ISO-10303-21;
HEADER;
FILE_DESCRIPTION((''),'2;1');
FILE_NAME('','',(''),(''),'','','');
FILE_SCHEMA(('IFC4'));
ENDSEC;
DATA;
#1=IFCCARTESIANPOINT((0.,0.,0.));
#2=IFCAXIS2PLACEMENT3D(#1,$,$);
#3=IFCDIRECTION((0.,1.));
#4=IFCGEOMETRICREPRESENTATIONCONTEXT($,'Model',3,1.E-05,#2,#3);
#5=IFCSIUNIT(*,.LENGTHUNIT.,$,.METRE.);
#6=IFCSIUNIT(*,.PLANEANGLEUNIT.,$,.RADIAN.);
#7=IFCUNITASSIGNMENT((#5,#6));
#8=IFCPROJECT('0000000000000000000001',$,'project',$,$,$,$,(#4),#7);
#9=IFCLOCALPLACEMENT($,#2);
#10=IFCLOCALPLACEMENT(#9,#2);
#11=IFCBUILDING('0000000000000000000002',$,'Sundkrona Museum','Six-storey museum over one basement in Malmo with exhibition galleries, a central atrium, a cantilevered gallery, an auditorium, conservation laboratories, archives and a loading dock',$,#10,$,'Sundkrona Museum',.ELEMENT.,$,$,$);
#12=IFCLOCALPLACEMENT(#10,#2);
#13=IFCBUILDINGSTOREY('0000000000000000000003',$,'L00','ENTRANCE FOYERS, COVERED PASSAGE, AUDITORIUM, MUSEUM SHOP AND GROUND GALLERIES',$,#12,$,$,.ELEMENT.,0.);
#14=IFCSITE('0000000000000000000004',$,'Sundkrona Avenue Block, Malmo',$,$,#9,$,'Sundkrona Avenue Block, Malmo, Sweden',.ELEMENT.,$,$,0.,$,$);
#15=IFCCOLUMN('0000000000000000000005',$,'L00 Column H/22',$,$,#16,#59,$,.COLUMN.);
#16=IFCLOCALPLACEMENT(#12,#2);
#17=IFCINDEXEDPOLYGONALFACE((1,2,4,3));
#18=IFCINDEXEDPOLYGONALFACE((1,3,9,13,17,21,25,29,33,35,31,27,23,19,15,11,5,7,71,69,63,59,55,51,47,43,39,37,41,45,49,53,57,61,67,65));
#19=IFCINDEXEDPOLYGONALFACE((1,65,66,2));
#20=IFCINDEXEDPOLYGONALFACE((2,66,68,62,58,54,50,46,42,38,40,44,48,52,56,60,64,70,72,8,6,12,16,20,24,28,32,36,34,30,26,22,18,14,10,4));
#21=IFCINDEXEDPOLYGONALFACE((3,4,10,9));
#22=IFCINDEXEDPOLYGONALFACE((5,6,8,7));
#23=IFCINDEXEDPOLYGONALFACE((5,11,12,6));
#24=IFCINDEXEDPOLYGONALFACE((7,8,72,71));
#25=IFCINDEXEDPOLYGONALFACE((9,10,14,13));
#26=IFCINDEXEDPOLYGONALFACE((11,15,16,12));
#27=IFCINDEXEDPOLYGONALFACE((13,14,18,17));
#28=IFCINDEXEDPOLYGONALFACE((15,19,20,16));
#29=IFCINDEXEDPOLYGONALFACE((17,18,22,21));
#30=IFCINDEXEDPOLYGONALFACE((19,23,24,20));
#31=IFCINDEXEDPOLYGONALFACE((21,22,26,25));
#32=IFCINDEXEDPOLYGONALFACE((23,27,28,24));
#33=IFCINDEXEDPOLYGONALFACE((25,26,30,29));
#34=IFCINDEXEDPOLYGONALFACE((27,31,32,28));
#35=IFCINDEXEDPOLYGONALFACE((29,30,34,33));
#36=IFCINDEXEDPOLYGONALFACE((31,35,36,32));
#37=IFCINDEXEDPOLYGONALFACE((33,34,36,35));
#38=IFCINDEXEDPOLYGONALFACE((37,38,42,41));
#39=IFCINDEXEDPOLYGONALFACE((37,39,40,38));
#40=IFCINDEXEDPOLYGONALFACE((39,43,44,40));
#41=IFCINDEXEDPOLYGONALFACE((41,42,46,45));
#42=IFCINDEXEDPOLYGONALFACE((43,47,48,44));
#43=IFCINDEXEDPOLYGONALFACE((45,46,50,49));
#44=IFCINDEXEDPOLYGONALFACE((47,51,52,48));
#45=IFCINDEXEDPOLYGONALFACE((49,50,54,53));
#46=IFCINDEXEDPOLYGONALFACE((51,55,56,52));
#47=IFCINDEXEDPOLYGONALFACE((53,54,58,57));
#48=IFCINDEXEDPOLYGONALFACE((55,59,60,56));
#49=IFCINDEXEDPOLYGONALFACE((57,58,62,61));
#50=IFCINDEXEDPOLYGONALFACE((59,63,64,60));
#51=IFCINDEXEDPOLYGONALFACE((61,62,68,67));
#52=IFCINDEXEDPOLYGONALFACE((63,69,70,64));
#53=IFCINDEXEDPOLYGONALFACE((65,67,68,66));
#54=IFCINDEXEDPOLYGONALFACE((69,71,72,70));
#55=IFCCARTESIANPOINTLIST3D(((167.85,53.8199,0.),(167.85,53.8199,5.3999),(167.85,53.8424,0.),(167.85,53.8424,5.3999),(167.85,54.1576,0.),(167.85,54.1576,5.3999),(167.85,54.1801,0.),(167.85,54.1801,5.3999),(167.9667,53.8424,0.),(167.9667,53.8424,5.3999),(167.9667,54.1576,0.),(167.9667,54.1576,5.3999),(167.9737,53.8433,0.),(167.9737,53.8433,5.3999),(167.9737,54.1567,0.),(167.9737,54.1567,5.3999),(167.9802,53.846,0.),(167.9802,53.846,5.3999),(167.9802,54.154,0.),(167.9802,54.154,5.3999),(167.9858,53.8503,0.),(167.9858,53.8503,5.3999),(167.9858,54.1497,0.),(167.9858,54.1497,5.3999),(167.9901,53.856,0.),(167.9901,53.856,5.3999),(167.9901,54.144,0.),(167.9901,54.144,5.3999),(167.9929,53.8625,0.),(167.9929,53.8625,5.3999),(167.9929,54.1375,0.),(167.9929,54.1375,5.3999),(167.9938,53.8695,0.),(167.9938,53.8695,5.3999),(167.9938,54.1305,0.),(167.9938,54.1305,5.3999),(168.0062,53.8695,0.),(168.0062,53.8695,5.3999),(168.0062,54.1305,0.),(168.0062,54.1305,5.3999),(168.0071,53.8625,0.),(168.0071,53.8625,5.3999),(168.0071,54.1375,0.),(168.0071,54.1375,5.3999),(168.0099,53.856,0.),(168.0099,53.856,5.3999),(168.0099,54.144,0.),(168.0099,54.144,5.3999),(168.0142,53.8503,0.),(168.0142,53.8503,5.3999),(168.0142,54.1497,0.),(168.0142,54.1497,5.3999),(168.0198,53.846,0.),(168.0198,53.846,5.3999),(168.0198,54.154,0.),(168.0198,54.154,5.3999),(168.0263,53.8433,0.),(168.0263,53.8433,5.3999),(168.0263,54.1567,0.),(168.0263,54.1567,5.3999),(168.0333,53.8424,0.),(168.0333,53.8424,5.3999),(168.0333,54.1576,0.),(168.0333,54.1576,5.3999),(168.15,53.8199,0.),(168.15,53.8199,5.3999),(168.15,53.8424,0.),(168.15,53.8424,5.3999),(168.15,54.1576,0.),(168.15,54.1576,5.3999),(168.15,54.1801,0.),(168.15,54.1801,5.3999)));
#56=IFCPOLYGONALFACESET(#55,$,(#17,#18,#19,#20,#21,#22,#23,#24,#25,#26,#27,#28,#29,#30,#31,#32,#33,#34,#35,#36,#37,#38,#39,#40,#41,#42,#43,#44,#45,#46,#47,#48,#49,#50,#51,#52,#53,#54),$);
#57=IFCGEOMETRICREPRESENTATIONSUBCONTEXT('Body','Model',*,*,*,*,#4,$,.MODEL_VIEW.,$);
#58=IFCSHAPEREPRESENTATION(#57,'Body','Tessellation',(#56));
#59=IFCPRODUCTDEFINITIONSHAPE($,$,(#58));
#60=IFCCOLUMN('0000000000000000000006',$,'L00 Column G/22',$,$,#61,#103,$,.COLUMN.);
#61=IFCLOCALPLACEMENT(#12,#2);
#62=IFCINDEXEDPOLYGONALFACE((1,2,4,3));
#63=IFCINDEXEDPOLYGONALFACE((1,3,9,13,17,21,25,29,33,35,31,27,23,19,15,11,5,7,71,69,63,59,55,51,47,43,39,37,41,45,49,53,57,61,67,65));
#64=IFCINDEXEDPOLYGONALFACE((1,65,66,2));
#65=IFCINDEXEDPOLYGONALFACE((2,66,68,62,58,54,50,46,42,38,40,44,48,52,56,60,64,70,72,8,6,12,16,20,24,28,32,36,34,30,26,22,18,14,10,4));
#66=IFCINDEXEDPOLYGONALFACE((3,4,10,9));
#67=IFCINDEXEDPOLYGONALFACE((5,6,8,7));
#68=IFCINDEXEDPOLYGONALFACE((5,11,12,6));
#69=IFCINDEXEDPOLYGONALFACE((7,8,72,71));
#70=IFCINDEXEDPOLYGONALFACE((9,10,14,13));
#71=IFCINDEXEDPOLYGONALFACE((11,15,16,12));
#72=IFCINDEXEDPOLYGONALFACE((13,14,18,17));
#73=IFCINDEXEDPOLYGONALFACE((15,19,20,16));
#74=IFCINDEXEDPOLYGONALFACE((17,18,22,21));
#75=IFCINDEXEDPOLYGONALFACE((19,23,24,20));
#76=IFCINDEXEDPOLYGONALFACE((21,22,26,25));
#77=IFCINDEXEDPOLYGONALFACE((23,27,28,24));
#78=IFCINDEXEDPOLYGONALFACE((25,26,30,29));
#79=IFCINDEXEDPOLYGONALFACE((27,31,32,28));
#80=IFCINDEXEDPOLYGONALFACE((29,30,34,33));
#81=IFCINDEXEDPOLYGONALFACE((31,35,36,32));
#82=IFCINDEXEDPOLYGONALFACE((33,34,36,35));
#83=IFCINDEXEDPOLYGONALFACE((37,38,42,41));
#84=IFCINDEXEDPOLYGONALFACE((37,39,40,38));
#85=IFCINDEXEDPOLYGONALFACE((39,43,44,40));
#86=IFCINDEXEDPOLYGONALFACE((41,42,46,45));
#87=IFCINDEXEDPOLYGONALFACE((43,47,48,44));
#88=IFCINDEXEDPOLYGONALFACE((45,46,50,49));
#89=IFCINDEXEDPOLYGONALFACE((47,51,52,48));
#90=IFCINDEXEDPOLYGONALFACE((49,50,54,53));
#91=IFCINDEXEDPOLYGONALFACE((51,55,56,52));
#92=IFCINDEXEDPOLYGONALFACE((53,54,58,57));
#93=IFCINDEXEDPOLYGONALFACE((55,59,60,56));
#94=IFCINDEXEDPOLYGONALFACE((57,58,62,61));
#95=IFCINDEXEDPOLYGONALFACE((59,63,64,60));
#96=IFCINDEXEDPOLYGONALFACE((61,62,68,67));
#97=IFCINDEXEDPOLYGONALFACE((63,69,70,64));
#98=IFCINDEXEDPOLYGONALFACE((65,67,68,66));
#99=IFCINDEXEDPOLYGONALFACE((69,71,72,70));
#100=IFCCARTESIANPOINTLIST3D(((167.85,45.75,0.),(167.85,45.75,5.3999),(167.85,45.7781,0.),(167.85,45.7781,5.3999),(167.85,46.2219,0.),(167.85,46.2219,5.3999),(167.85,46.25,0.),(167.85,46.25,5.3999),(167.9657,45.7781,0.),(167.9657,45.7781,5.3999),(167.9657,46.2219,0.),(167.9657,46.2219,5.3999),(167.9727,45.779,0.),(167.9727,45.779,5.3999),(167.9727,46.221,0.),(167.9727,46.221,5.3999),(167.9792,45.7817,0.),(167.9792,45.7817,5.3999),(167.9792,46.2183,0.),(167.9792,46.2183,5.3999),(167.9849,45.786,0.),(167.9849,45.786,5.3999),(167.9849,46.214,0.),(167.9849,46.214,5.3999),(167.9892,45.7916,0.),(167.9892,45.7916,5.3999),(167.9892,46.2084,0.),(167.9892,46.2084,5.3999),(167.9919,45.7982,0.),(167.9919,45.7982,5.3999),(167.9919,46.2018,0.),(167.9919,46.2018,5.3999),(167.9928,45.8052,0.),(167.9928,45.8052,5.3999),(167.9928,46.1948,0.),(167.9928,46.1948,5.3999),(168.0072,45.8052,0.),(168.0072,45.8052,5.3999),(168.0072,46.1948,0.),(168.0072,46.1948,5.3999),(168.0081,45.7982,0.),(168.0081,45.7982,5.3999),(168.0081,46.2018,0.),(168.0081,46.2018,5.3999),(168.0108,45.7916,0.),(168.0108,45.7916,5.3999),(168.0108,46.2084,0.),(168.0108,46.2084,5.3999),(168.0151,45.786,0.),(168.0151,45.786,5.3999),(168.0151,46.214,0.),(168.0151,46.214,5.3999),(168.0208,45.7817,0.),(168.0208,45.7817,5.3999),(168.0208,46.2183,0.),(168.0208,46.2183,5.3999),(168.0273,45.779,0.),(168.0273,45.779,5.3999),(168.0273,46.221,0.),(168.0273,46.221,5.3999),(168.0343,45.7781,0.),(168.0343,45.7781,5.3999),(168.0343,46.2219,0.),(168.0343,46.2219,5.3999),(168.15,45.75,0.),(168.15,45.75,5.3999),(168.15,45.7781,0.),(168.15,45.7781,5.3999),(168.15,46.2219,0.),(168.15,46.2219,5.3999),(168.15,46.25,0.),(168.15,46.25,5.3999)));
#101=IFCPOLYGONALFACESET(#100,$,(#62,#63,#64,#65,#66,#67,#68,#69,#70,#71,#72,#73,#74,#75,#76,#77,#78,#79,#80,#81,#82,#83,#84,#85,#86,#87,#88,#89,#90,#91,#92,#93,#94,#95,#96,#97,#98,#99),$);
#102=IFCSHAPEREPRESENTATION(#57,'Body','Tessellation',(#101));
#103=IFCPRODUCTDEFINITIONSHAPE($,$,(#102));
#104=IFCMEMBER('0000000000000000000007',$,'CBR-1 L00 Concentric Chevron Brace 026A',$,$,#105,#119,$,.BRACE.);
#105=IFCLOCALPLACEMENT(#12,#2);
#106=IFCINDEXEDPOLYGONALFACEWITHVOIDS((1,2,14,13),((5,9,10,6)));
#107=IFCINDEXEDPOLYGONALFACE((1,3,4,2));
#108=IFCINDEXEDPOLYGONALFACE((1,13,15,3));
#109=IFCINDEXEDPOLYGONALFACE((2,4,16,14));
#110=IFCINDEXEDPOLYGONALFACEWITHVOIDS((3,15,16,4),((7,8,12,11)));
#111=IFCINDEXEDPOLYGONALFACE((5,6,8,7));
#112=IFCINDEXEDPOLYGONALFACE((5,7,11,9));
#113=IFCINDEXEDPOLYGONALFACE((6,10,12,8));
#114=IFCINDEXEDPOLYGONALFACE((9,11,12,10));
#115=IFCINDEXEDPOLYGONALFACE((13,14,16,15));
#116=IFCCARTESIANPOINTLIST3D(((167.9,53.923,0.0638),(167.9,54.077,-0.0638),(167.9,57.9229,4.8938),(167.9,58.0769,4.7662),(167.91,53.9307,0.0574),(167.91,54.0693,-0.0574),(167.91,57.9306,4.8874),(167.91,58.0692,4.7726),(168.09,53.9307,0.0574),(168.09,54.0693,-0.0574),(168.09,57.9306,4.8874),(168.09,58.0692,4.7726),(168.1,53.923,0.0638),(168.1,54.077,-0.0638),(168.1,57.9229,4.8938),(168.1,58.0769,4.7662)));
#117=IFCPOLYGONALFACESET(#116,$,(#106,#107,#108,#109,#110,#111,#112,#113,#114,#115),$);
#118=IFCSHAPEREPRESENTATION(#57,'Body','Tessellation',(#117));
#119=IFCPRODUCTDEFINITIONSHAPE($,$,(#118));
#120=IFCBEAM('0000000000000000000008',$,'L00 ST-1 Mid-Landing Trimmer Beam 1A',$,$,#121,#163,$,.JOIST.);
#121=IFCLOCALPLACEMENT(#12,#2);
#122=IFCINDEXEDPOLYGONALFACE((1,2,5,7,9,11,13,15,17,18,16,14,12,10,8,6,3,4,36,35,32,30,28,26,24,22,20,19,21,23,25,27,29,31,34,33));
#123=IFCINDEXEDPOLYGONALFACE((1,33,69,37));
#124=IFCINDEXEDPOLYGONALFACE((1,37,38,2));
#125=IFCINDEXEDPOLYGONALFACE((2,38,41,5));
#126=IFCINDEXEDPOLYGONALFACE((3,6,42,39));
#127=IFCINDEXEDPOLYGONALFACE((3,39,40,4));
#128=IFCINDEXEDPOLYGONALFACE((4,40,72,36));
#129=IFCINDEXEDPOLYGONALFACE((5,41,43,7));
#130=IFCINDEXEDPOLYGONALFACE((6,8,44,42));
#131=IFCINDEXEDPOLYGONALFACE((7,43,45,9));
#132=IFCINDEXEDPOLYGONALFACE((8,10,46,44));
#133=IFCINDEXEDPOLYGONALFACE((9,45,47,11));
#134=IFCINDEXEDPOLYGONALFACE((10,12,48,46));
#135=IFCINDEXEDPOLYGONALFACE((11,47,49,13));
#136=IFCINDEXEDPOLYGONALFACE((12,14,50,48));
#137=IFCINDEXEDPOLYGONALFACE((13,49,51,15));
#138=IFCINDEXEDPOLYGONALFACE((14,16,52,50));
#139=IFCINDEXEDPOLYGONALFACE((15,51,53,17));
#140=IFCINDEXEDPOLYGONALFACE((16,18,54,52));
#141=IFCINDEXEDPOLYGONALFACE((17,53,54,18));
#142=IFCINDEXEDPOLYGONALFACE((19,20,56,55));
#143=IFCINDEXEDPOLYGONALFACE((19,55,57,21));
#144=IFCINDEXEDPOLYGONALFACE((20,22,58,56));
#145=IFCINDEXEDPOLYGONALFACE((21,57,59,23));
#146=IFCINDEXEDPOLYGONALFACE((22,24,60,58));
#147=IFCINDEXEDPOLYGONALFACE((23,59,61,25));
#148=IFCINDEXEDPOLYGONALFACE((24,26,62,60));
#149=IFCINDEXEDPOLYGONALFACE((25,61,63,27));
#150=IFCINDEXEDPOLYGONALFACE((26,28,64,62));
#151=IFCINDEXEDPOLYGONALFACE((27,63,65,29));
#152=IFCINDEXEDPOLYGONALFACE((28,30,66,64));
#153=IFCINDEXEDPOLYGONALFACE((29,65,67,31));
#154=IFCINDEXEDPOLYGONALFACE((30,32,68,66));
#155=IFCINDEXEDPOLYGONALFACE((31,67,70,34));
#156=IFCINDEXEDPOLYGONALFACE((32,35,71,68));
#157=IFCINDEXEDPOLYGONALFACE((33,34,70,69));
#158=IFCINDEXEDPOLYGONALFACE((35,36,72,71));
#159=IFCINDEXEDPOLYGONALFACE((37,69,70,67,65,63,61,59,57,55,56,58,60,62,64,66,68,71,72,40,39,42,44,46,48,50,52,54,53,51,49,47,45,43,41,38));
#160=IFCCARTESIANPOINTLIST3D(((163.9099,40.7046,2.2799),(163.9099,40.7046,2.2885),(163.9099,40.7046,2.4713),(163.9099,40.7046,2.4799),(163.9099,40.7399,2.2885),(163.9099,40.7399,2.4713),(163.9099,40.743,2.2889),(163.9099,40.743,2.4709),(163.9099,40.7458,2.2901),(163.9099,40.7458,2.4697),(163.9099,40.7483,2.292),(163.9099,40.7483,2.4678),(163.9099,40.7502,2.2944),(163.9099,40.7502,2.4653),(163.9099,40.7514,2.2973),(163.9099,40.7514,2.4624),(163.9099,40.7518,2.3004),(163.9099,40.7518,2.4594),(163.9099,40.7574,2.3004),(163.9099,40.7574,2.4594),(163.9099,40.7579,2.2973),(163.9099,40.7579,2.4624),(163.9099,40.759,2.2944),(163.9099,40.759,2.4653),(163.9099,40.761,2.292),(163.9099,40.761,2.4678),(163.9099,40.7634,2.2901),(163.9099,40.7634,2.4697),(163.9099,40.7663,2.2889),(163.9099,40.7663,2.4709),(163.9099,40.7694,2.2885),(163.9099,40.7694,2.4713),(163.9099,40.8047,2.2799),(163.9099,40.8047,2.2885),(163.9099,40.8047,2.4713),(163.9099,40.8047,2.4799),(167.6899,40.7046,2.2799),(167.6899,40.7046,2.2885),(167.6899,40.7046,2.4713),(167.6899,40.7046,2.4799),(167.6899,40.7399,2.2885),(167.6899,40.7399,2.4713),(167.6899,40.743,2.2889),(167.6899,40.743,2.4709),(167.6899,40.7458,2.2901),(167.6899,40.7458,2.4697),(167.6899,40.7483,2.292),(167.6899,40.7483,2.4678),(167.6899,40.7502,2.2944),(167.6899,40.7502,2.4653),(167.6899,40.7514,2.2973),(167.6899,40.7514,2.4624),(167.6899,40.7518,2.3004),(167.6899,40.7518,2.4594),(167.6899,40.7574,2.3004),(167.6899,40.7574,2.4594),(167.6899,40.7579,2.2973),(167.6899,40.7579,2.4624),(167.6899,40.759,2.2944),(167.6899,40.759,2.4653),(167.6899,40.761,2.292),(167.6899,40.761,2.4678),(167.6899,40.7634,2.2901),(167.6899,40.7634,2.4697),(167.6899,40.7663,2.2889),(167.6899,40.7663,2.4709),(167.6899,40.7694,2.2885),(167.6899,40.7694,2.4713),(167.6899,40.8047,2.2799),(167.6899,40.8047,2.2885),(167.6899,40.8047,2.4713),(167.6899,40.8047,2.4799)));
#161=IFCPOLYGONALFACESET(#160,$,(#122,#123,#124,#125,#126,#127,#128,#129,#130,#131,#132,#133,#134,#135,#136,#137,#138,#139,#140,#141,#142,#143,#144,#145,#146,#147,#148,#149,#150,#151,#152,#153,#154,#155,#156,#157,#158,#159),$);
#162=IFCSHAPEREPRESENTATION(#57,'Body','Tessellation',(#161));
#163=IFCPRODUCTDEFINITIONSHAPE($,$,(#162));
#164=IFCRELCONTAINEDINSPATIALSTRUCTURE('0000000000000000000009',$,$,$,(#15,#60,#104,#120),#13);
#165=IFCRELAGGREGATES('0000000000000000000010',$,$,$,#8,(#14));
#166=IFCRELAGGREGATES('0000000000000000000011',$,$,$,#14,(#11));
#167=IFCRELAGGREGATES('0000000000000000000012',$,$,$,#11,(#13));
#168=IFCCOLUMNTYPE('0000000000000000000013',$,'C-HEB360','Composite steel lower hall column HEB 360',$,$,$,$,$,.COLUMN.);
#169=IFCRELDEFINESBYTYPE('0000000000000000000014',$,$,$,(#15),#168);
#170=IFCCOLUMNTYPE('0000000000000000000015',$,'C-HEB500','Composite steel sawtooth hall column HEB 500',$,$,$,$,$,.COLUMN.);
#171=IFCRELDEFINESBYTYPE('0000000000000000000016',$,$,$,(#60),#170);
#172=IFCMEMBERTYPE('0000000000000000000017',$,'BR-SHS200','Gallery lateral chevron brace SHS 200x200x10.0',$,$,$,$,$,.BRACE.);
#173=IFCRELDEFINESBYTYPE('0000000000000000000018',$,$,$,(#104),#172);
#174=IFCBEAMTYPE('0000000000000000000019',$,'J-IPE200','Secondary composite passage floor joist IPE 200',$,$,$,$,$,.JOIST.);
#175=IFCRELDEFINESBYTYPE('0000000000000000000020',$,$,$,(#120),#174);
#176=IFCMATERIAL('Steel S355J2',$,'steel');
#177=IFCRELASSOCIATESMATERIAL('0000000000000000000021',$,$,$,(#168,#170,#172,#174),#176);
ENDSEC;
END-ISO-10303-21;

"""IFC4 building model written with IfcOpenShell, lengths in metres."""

from ifc_helpers import new_model, si_unit, direction, frame, origin, origin_2d, place, context, subcontext, project, spatial, hollow_rectangle, i_section, extrude, material, material_profile, profile_set, type_object, element, save


model = new_model("IFC4")

# Units and contexts
model_context = context("Model", 3, precision=1e-05, world=origin(), true_north=direction((0.0, 1.0)))
body_context = subcontext(model_context, "Body", "Model", "MODEL_VIEW")
ifc_project = project(units=[si_unit("LENGTHUNIT", "METRE"), si_unit("PLANEANGLEUNIT", "RADIAN")], contexts=[model_context])

# Site, building, storey
site_placement = place(None, origin())
site = spatial("IfcSite", under=ifc_project, at=site_placement, Name="Sundkrona Avenue Block, Malmo", LongName="Sundkrona Avenue Block, Malmo, Sweden", CompositionType="ELEMENT", RefElevation=0.0)
building_placement = place(site_placement, origin())
building = spatial("IfcBuilding", under=site, at=building_placement, Name="Sundkrona Museum", Description="Six-storey museum over one basement in Malmo with exhibition galleries, a central atrium, a cantilevered gallery, an auditorium, conservation laboratories, archives and a loading dock", LongName="Sundkrona Museum", CompositionType="ELEMENT")
storey_placement = place(building_placement, origin())
storey = spatial("IfcBuildingStorey", under=building, at=storey_placement, Name="L00", Description="ENTRANCE FOYERS, COVERED PASSAGE, AUDITORIUM, MUSEUM SHOP AND GROUND GALLERIES", CompositionType="ELEMENT", Elevation=0.0)

# Columns
ifc_material_1 = material(Name="Steel S355J2", Category="steel")
ifc_material_profile_1 = material_profile(ifc_material_1, i_section(OverallWidth=0.3, OverallDepth=0.3601, WebThickness=0.0125, FlangeThickness=0.0225, FilletRadius=0.0271, at=origin_2d()), Name="HEB 360")
ifc_profile_set_1 = profile_set([ifc_material_profile_1], Name="Steel S355J2")
column_type_1 = type_object("IfcColumnType", Name="C-HEB360", Description="Composite steel lower hall column HEB 360", PredefinedType="COLUMN", material=ifc_profile_set_1)
column_1_placement = place(storey_placement, frame((168.0, 54.0, 0.0), z_axis=(0.0, 0.0, 1.0), x_axis=(1.0, 0.0, 0.0)))
element("IfcColumn", 1, at=column_1_placement, inside=storey, type_object=column_type_1, Name="L00 Column H/22", PredefinedType="COLUMN", context=body_context, shape_type="SweptSolid", body=[
    extrude(i_section(OverallWidth=0.3, OverallDepth=0.3601, WebThickness=0.0125, FlangeThickness=0.0225, FilletRadius=0.0271, at=origin_2d()), origin(), (0.0, 0.0, 1.0), 5.3999),
])
ifc_material_profile_2 = material_profile(ifc_material_1, i_section(OverallWidth=0.3, OverallDepth=0.5, WebThickness=0.0144, FlangeThickness=0.0281, FilletRadius=0.0271, at=origin_2d()), Name="HEB 500")
ifc_profile_set_2 = profile_set([ifc_material_profile_2], Name="Steel S355J2")
column_type_2 = type_object("IfcColumnType", Name="C-HEB500", Description="Composite steel sawtooth hall column HEB 500", PredefinedType="COLUMN", material=ifc_profile_set_2)
column_2_placement = place(storey_placement, frame((168.0, 46.0, 0.0), z_axis=(0.0, 0.0, 1.0), x_axis=(1.0, 0.0, 0.0)))
element("IfcColumn", 2, at=column_2_placement, inside=storey, type_object=column_type_2, Name="L00 Column G/22", PredefinedType="COLUMN", context=body_context, shape_type="SweptSolid", body=[
    extrude(i_section(OverallWidth=0.3, OverallDepth=0.5, WebThickness=0.0144, FlangeThickness=0.0281, FilletRadius=0.0271, at=origin_2d()), origin(), (0.0, 0.0, 1.0), 5.3999),
])

# Member
ifc_material_profile_3 = material_profile(ifc_material_1, hollow_rectangle(XDim=0.2, YDim=0.2, WallThickness=0.01, at=origin_2d()), Name="SHS 200x200x10.0")
ifc_profile_set_3 = profile_set([ifc_material_profile_3], Name="Steel S355J2")
member_type = type_object("IfcMemberType", Name="BR-SHS200", Description="Gallery lateral chevron brace SHS 200x200x10.0", PredefinedType="BRACE", material=ifc_profile_set_3)
member_placement = place(storey_placement, frame((168.0, 54.0, 0.0), z_axis=(0.0, 0.637823, 0.770183), x_axis=(-1.0, 0.0, 0.0)))
element("IfcMember", 3, at=member_placement, inside=storey, type_object=member_type, Name="CBR-1 L00 Concentric Chevron Brace 026A", PredefinedType="BRACE", context=body_context, shape_type="SweptSolid", body=[
    extrude(hollow_rectangle(XDim=0.2, YDim=0.2, WallThickness=0.01, at=origin_2d()), origin(), (0.0, 0.0, 1.0), 6.2712),
])

# Beam
ifc_material_profile_4 = material_profile(ifc_material_1, i_section(OverallWidth=0.1001, OverallDepth=0.2, WebThickness=0.0056, FlangeThickness=0.0085, FilletRadius=0.012, at=origin_2d()), Name="IPE 200")
ifc_profile_set_4 = profile_set([ifc_material_profile_4], Name="Steel S355J2")
beam_type_1 = type_object("IfcBeamType", Name="J-IPE200", Description="Secondary composite passage floor joist IPE 200", PredefinedType="JOIST", material=ifc_profile_set_4)
for number, where, z_axis, x_axis, name in (
    (4, (163.9099, 40.7546, 2.3799), (1.0, 0.0, 0.0), (0.0, 1.0, 0.0), "L00 ST-1 Mid-Landing Trimmer Beam 1A"),
):
    element("IfcBeam", number, at=place(storey_placement, frame(where, z_axis=z_axis, x_axis=x_axis)), inside=storey, type_object=beam_type_1, Name=name, PredefinedType="JOIST", context=body_context, shape_type="SweptSolid", body=[
        extrude(i_section(OverallWidth=0.1001, OverallDepth=0.2, WebThickness=0.0056, FlangeThickness=0.0085, FilletRadius=0.012, at=origin_2d()), origin(), (0.0, 0.0, 1.0), 3.78),
    ])

save(model, "model.ifc")
